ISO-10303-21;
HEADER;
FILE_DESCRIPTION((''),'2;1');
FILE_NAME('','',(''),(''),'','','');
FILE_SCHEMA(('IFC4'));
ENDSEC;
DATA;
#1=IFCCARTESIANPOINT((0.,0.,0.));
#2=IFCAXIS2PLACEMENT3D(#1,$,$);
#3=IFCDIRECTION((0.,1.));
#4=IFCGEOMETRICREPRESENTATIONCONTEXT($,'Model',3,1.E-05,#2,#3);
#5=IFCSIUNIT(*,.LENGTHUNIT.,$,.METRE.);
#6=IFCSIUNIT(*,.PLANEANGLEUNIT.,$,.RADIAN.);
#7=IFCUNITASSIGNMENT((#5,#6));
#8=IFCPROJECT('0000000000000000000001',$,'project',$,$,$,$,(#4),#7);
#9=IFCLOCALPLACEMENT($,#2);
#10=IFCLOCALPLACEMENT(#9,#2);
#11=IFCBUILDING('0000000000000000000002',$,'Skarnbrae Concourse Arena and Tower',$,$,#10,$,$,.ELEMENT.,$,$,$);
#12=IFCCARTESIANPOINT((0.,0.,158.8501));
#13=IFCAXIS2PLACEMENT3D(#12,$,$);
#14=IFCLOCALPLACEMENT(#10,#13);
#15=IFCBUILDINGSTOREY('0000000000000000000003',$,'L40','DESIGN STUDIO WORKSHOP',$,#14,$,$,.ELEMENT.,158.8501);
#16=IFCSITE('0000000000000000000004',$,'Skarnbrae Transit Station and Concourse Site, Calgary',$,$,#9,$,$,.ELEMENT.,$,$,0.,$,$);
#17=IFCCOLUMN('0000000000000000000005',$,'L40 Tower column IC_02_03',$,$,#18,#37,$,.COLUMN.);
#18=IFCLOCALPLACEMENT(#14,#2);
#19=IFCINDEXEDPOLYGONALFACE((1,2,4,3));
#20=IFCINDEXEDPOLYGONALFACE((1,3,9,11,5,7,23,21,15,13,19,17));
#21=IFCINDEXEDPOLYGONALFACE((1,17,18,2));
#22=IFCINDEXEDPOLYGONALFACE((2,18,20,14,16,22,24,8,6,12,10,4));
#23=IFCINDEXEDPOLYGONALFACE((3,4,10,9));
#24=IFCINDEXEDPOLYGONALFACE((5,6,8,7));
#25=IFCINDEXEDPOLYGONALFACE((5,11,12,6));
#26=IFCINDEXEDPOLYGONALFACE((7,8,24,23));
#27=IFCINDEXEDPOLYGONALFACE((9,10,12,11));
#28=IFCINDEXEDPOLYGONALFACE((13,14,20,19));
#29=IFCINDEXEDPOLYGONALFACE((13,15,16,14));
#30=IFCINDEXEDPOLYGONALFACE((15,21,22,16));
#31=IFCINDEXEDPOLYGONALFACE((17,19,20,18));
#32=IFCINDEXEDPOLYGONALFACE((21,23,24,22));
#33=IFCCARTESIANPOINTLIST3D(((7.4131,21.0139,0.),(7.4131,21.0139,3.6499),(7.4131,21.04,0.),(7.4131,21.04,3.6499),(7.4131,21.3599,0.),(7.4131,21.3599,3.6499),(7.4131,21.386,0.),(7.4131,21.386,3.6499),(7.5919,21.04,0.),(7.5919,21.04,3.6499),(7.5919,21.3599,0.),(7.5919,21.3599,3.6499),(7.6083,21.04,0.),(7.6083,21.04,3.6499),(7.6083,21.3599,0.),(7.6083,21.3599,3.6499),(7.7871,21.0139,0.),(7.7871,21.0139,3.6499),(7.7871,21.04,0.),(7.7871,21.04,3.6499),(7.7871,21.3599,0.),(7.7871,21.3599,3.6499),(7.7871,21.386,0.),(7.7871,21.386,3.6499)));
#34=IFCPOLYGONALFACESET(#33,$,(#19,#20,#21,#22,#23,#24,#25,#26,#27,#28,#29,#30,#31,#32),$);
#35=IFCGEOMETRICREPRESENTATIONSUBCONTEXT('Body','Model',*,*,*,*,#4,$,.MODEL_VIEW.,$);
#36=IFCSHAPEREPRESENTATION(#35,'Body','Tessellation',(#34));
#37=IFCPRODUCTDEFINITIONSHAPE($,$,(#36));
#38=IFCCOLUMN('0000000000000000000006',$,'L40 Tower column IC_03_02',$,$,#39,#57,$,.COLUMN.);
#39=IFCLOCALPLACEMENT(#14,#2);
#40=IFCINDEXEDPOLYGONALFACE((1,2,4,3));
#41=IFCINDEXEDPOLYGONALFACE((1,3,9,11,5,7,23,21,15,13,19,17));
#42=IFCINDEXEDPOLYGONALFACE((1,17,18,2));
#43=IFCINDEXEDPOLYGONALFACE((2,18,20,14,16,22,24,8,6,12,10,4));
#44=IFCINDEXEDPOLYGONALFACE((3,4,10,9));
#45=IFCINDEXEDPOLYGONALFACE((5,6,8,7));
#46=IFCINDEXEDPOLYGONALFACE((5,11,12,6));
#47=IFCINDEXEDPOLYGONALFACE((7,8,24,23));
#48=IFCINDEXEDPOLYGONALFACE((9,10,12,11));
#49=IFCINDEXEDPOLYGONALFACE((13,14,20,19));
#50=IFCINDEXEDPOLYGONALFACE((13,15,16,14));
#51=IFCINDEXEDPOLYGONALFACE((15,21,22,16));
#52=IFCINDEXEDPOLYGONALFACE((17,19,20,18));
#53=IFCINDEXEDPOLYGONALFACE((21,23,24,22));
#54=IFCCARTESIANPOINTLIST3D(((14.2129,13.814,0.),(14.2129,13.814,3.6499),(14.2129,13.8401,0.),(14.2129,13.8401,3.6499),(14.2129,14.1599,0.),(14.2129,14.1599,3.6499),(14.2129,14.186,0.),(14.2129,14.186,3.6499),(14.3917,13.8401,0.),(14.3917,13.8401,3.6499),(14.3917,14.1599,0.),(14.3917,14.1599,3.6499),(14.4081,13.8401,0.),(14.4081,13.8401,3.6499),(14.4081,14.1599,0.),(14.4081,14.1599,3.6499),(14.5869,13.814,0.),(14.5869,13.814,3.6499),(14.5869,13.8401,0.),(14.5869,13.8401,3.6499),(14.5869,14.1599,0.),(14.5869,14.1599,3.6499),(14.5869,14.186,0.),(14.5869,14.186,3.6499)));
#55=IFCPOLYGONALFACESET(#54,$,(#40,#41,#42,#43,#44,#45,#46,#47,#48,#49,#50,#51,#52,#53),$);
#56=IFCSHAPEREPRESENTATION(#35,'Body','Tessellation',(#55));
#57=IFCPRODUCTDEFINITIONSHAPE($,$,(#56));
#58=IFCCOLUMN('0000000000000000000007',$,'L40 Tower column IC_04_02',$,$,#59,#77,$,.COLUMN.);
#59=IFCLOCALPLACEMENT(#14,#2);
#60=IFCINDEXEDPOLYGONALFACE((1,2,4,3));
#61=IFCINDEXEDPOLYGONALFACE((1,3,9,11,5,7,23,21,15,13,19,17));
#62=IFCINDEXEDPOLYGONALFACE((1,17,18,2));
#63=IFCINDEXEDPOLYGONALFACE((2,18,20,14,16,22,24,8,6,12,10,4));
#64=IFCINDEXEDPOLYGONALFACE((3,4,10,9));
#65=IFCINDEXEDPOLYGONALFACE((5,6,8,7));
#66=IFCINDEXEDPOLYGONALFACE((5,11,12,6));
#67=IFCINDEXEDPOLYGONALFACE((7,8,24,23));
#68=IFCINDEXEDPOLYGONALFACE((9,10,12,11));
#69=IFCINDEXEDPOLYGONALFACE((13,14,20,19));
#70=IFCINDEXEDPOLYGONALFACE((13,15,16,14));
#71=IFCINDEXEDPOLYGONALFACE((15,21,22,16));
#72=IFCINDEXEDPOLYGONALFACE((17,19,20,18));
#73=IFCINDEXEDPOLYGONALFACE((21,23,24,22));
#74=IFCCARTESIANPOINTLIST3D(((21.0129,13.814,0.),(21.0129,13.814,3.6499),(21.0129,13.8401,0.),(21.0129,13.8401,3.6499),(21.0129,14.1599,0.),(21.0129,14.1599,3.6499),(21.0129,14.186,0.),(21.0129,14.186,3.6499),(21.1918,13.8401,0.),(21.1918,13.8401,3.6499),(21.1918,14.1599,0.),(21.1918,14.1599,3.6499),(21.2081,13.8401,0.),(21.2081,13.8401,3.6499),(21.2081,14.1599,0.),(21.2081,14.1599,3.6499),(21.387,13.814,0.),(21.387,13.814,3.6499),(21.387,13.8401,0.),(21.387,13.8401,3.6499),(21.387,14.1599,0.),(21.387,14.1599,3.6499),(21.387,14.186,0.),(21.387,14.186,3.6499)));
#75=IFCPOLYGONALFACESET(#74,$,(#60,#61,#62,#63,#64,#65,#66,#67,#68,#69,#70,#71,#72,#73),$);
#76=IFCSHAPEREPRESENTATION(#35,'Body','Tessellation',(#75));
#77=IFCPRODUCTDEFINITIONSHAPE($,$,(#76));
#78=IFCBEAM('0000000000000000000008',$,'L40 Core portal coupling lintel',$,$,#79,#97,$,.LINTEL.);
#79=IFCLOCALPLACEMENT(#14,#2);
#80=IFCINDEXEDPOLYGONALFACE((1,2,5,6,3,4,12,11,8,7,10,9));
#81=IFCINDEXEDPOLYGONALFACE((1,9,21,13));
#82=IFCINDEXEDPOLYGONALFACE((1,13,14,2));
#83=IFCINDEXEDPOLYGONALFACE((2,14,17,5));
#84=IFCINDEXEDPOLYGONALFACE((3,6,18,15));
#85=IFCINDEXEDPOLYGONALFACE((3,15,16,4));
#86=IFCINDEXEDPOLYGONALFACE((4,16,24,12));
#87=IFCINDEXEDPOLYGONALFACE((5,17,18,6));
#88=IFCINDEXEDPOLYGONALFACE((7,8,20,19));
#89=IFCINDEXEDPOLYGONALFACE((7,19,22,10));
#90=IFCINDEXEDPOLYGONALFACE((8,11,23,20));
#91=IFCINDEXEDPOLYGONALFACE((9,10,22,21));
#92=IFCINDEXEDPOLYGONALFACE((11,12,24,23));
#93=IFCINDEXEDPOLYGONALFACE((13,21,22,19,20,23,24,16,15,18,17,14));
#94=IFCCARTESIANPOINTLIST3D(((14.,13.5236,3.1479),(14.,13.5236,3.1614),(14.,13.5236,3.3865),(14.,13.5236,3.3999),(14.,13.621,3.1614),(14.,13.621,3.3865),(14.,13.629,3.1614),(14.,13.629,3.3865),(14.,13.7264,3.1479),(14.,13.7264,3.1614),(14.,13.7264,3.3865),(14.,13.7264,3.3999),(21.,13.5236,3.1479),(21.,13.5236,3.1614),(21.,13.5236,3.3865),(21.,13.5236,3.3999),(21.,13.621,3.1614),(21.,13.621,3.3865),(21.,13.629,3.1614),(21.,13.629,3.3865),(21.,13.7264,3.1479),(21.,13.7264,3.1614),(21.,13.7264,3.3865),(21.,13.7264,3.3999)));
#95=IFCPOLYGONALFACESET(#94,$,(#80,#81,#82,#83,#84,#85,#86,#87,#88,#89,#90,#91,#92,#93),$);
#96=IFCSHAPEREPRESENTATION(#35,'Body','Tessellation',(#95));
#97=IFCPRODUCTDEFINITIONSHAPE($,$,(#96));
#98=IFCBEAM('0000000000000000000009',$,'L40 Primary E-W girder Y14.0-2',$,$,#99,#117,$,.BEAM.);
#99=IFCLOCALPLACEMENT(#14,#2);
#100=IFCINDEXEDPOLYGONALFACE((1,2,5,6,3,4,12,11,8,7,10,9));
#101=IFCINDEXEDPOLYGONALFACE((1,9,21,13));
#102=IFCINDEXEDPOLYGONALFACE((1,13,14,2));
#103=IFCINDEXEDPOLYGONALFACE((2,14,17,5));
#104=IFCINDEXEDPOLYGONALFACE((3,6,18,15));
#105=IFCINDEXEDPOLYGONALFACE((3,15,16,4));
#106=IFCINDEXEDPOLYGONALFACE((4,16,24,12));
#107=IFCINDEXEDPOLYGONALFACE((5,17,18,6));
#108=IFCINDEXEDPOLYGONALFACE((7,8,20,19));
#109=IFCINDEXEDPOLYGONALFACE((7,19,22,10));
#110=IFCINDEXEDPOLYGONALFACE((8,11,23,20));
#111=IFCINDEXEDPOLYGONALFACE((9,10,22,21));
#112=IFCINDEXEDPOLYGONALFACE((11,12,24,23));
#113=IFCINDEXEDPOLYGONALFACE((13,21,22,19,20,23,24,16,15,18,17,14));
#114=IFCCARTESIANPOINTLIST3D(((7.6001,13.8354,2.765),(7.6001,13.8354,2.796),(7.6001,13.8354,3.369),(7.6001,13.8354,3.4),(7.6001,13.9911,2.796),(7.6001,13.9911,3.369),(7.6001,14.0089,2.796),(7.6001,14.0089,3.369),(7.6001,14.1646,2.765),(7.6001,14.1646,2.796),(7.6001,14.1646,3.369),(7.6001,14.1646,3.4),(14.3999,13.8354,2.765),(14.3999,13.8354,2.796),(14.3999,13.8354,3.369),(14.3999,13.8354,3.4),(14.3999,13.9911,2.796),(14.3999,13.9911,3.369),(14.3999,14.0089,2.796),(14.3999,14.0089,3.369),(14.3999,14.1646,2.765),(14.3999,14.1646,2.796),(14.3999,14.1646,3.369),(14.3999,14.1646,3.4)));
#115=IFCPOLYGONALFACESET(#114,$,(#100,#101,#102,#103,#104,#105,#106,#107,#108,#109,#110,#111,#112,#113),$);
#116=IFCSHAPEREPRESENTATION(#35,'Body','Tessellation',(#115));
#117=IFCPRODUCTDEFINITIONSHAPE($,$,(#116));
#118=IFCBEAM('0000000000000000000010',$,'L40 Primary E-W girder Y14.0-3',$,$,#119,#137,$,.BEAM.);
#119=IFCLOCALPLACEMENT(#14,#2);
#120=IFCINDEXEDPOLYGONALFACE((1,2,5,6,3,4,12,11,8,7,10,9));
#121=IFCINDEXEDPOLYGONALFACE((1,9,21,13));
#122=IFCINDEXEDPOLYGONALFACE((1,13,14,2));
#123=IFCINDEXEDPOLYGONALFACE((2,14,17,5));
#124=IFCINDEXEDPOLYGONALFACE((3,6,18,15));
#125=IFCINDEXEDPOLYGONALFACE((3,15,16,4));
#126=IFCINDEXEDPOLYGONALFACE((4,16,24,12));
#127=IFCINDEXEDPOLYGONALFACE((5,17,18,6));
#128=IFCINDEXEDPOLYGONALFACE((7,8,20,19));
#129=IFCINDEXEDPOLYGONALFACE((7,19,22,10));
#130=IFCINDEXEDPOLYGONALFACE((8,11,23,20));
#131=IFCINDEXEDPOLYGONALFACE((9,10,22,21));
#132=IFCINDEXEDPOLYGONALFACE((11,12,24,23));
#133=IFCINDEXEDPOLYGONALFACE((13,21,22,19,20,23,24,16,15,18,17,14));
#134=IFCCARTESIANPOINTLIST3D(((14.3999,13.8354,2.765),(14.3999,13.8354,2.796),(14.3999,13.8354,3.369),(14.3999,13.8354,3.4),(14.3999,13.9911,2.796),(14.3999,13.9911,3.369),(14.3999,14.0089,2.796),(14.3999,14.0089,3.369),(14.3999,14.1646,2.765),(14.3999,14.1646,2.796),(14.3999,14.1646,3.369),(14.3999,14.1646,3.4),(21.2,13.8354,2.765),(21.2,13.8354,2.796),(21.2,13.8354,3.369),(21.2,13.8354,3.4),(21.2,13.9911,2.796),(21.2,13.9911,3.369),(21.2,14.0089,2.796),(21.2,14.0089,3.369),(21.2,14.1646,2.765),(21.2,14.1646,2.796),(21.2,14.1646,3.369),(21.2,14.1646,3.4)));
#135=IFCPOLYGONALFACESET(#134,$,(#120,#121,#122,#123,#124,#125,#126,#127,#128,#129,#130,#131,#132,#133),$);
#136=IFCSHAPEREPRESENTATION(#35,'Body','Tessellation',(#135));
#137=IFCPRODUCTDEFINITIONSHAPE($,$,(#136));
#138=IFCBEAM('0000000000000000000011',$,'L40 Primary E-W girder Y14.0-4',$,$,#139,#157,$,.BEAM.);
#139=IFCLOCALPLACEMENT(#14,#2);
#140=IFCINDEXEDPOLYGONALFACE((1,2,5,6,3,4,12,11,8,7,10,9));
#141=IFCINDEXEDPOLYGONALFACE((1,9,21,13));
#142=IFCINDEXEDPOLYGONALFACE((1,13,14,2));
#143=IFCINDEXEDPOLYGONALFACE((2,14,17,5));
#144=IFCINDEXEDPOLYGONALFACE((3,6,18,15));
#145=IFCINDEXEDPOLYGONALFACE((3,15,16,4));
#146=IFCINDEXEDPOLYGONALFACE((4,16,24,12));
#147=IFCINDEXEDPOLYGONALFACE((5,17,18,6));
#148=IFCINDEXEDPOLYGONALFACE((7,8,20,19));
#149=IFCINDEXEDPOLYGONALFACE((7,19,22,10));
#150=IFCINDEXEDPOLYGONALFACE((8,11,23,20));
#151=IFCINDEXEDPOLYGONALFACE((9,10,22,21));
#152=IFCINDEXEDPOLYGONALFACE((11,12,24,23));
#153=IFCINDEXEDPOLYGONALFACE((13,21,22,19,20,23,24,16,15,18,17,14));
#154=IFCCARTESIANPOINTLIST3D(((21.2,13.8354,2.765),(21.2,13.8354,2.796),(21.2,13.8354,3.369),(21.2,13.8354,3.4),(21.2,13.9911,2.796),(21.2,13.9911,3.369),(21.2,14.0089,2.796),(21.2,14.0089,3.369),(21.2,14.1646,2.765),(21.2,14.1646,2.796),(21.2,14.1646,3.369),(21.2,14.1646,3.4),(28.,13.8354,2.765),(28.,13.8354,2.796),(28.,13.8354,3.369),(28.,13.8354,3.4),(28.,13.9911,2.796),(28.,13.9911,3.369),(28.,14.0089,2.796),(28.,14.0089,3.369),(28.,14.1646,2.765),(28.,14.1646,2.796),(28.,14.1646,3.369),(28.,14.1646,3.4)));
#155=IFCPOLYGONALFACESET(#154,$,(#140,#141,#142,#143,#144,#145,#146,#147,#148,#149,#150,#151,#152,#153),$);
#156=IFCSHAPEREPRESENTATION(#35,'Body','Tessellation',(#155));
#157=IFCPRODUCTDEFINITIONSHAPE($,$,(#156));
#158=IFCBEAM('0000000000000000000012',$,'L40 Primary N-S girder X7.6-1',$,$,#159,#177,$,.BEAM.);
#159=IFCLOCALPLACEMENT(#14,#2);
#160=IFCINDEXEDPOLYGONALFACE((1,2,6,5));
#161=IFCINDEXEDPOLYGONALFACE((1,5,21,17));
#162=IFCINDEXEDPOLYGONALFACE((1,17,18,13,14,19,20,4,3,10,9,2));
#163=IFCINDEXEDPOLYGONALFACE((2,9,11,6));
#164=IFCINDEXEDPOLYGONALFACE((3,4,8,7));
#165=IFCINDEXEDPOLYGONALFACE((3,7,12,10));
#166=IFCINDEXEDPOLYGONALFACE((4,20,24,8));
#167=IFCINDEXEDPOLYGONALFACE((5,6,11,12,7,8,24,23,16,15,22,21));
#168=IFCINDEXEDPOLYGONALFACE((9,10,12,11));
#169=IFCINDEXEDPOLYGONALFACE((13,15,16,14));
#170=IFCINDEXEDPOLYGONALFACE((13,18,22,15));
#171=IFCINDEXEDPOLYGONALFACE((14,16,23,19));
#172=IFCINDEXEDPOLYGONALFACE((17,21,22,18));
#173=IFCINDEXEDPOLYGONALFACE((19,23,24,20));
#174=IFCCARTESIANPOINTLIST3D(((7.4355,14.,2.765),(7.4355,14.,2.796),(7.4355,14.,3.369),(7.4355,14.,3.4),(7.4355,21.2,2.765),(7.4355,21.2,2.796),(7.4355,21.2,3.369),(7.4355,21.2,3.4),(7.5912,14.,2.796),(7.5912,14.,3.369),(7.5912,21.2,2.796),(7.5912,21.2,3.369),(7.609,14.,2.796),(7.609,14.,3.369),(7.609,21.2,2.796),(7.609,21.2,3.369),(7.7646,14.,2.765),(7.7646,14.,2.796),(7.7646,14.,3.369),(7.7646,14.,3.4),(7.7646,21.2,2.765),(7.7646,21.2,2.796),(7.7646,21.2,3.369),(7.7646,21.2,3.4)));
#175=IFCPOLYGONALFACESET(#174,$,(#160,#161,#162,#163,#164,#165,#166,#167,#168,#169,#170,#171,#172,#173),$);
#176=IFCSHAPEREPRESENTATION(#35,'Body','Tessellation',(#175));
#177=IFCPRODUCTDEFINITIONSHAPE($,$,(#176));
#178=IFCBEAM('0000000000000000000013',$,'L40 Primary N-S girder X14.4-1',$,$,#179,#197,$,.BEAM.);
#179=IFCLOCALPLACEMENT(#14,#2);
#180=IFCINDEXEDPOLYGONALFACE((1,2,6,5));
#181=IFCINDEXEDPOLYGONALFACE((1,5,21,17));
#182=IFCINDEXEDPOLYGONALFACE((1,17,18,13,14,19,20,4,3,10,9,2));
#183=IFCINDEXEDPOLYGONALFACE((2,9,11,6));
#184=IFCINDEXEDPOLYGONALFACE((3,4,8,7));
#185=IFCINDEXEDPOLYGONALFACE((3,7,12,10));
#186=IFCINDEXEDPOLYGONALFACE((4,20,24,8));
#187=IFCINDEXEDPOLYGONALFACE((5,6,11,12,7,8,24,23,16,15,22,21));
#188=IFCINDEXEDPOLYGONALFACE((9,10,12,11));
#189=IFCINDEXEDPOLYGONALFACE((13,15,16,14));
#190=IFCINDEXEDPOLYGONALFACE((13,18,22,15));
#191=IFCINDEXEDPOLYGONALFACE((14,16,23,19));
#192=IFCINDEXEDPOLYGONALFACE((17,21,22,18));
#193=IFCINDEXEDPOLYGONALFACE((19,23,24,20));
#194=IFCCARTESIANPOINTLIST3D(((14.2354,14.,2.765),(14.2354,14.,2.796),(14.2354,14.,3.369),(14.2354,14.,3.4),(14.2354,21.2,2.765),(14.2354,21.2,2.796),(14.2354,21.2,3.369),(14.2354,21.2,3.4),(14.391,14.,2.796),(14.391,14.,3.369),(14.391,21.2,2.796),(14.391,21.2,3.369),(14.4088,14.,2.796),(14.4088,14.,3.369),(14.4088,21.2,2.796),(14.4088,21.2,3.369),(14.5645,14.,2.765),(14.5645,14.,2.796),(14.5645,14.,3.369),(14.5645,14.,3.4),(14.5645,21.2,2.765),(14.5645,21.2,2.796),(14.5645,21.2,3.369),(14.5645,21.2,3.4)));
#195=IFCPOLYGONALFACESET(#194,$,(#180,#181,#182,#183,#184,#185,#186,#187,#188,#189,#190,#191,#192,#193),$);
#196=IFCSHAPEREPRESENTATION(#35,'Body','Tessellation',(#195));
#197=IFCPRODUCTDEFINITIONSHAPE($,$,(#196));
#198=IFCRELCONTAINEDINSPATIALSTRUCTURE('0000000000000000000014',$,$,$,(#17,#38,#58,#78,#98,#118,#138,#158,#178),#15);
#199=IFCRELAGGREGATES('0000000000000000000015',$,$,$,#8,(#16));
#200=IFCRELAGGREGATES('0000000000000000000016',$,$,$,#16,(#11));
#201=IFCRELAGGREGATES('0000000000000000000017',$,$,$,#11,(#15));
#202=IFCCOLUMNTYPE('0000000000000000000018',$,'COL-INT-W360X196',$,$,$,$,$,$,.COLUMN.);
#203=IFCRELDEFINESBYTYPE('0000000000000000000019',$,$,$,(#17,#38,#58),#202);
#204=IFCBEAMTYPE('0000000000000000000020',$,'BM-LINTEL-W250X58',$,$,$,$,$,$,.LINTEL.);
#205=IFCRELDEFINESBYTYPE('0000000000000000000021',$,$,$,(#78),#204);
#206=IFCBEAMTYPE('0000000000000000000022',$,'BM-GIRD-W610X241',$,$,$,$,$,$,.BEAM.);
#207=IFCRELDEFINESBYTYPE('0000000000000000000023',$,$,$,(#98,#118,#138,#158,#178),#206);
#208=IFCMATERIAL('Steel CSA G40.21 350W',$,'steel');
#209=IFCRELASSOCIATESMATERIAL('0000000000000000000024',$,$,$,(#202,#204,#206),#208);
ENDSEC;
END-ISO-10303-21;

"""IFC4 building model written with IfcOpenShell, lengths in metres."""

from ifc_helpers import new_model, si_unit, direction, frame, origin, origin_2d, place, context, subcontext, project, spatial, i_section, extrude, source, transform, mapped, material, material_profile, profile_set, type_object, element, save


model = new_model("IFC4")

# Units and contexts
model_context = context("Model", 3, precision=1e-05, world=origin(), true_north=direction((0.0, 1.0)))
body_context = subcontext(model_context, "Body", "Model", "MODEL_VIEW")
ifc_project = project(units=[si_unit("LENGTHUNIT", "METRE"), si_unit("PLANEANGLEUNIT", "RADIAN")], contexts=[model_context])

# Site, building, storey
site_placement = place(None, origin())
site = spatial("IfcSite", under=ifc_project, at=site_placement, Name="Skarnbrae Transit Station and Concourse Site, Calgary", CompositionType="ELEMENT", RefElevation=0.0)
building_placement = place(site_placement, origin())
building = spatial("IfcBuilding", under=site, at=building_placement, Name="Skarnbrae Concourse Arena and Tower", CompositionType="ELEMENT")
storey_placement = place(building_placement, frame((0.0, 0.0, 158.8501)))
storey = spatial("IfcBuildingStorey", under=building, at=storey_placement, Name="L40", Description="DESIGN STUDIO WORKSHOP", CompositionType="ELEMENT", Elevation=158.8501)

# Columns
ifc_material_1 = material(Name="Steel CSA G40.21 350W", Category="steel")
ifc_material_profile_1 = material_profile(ifc_material_1, i_section(OverallWidth=0.374, OverallDepth=0.3721, WebThickness=0.0164, FlangeThickness=0.0261, at=origin_2d()), Name="W360X196")
ifc_profile_set_1 = profile_set([ifc_material_profile_1], Name="Steel CSA G40.21 350W")
column_type = type_object("IfcColumnType", Name="COL-INT-W360X196", PredefinedType="COLUMN", material=ifc_profile_set_1)
shared_shape_1 = source(origin(), body_context, "Body", "SweptSolid", [
    extrude(i_section(OverallWidth=0.374, OverallDepth=0.3721, WebThickness=0.0164, FlangeThickness=0.0261, at=origin_2d()), origin(), (0.0, 0.0, 1.0), 3.6499),
])
for number, where, z_axis, x_axis, name in (
    (1, (7.6001, 21.2, 0.0), (0.0, 0.0, 1.0), (1.0, 0.0, 0.0), "L40 Tower column IC_02_03"),
    (2, (14.3999, 14.0, 0.0), (0.0, 0.0, 1.0), (1.0, 0.0, 0.0), "L40 Tower column IC_03_02"),
    (3, (21.2, 14.0, 0.0), (0.0, 0.0, 1.0), (1.0, 0.0, 0.0), "L40 Tower column IC_04_02"),
):
    element("IfcColumn", number, at=place(storey_placement, frame(where, z_axis=z_axis, x_axis=x_axis)), inside=storey, type_object=column_type, Name=name, PredefinedType="COLUMN", context=body_context, shape_type="MappedRepresentation", body=[
        mapped(shared_shape_1, transform((0.0, 0.0, 0.0))),
    ])

# Beams
ifc_material_profile_2 = material_profile(ifc_material_1, i_section(OverallWidth=0.2029, OverallDepth=0.252, WebThickness=0.0081, FlangeThickness=0.0134, at=origin_2d()), Name="W250X58")
ifc_profile_set_2 = profile_set([ifc_material_profile_2], Name="Steel CSA G40.21 350W")
beam_type_1 = type_object("IfcBeamType", Name="BM-LINTEL-W250X58", PredefinedType="LINTEL", material=ifc_profile_set_2)
shared_shape_2 = source(origin(), body_context, "Body", "SweptSolid", [
    extrude(i_section(OverallWidth=0.2029, OverallDepth=0.252, WebThickness=0.0081, FlangeThickness=0.0134, at=origin_2d()), origin(), (0.0, 0.0, 1.0), 7.0),
])
beam_1_placement = place(storey_placement, frame((14.0, 13.625, 3.2739), z_axis=(1.0, 0.0, 0.0), x_axis=(0.0, 1.0, 0.0)))
element("IfcBeam", 4, at=beam_1_placement, inside=storey, type_object=beam_type_1, Name="L40 Core portal coupling lintel", PredefinedType="LINTEL", context=body_context, shape_type="MappedRepresentation", body=[
    mapped(shared_shape_2, transform((0.0, 0.0, 0.0))),
])
ifc_material_profile_3 = material_profile(ifc_material_1, i_section(OverallWidth=0.3291, OverallDepth=0.635, WebThickness=0.0178, FlangeThickness=0.031, at=origin_2d()), Name="W610X241")
ifc_profile_set_3 = profile_set([ifc_material_profile_3], Name="Steel CSA G40.21 350W")
beam_type_2 = type_object("IfcBeamType", Name="BM-GIRD-W610X241", PredefinedType="BEAM", material=ifc_profile_set_3)
shared_shape_3 = source(origin(), body_context, "Body", "SweptSolid", [
    extrude(i_section(OverallWidth=0.3291, OverallDepth=0.635, WebThickness=0.0178, FlangeThickness=0.031, at=origin_2d()), origin(), (0.0, 0.0, 1.0), 6.7998),
])
beam_2_placement = place(storey_placement, frame((7.6001, 14.0, 3.0825), z_axis=(1.0, 0.0, 0.0), x_axis=(0.0, 1.0, 0.0)))
element("IfcBeam", 5, at=beam_2_placement, inside=storey, type_object=beam_type_2, Name="L40 Primary E-W girder Y14.0-2", PredefinedType="BEAM", context=body_context, shape_type="MappedRepresentation", body=[
    mapped(shared_shape_3, transform((0.0, 0.0, 0.0))),
])
shared_shape_4 = source(origin(), body_context, "Body", "SweptSolid", [
    extrude(i_section(OverallWidth=0.3291, OverallDepth=0.635, WebThickness=0.0178, FlangeThickness=0.031, at=origin_2d()), origin(), (0.0, 0.0, 1.0), 6.8),
])
for number, where, z_axis, x_axis, name in (
    (6, (14.3999, 14.0, 3.0825), (1.0, 0.0, 0.0), (0.0, 1.0, 0.0), "L40 Primary E-W girder Y14.0-3"),
    (7, (21.2, 14.0, 3.0825), (1.0, 0.0, 0.0), (0.0, 1.0, 0.0), "L40 Primary E-W girder Y14.0-4"),
):
    element("IfcBeam", number, at=place(storey_placement, frame(where, z_axis=z_axis, x_axis=x_axis)), inside=storey, type_object=beam_type_2, Name=name, PredefinedType="BEAM", context=body_context, shape_type="MappedRepresentation", body=[
        mapped(shared_shape_4, transform((0.0, 0.0, 0.0))),
    ])
shared_shape_5 = source(origin(), body_context, "Body", "SweptSolid", [
    extrude(i_section(OverallWidth=0.3291, OverallDepth=0.635, WebThickness=0.0178, FlangeThickness=0.031, at=origin_2d()), origin(), (0.0, 0.0, 1.0), 7.2),
])
for number, where, z_axis, x_axis, name in (
    (8, (7.6001, 14.0, 3.0825), (0.0, 1.0, 0.0), (-1.0, 0.0, 0.0), "L40 Primary N-S girder X7.6-1"),
    (9, (14.3999, 14.0, 3.0825), (0.0, 1.0, 0.0), (-1.0, 0.0, 0.0), "L40 Primary N-S girder X14.4-1"),
):
    element("IfcBeam", number, at=place(storey_placement, frame(where, z_axis=z_axis, x_axis=x_axis)), inside=storey, type_object=beam_type_2, Name=name, PredefinedType="BEAM", context=body_context, shape_type="MappedRepresentation", body=[
        mapped(shared_shape_5, transform((0.0, 0.0, 0.0))),
    ])

save(model, "model.ifc")
